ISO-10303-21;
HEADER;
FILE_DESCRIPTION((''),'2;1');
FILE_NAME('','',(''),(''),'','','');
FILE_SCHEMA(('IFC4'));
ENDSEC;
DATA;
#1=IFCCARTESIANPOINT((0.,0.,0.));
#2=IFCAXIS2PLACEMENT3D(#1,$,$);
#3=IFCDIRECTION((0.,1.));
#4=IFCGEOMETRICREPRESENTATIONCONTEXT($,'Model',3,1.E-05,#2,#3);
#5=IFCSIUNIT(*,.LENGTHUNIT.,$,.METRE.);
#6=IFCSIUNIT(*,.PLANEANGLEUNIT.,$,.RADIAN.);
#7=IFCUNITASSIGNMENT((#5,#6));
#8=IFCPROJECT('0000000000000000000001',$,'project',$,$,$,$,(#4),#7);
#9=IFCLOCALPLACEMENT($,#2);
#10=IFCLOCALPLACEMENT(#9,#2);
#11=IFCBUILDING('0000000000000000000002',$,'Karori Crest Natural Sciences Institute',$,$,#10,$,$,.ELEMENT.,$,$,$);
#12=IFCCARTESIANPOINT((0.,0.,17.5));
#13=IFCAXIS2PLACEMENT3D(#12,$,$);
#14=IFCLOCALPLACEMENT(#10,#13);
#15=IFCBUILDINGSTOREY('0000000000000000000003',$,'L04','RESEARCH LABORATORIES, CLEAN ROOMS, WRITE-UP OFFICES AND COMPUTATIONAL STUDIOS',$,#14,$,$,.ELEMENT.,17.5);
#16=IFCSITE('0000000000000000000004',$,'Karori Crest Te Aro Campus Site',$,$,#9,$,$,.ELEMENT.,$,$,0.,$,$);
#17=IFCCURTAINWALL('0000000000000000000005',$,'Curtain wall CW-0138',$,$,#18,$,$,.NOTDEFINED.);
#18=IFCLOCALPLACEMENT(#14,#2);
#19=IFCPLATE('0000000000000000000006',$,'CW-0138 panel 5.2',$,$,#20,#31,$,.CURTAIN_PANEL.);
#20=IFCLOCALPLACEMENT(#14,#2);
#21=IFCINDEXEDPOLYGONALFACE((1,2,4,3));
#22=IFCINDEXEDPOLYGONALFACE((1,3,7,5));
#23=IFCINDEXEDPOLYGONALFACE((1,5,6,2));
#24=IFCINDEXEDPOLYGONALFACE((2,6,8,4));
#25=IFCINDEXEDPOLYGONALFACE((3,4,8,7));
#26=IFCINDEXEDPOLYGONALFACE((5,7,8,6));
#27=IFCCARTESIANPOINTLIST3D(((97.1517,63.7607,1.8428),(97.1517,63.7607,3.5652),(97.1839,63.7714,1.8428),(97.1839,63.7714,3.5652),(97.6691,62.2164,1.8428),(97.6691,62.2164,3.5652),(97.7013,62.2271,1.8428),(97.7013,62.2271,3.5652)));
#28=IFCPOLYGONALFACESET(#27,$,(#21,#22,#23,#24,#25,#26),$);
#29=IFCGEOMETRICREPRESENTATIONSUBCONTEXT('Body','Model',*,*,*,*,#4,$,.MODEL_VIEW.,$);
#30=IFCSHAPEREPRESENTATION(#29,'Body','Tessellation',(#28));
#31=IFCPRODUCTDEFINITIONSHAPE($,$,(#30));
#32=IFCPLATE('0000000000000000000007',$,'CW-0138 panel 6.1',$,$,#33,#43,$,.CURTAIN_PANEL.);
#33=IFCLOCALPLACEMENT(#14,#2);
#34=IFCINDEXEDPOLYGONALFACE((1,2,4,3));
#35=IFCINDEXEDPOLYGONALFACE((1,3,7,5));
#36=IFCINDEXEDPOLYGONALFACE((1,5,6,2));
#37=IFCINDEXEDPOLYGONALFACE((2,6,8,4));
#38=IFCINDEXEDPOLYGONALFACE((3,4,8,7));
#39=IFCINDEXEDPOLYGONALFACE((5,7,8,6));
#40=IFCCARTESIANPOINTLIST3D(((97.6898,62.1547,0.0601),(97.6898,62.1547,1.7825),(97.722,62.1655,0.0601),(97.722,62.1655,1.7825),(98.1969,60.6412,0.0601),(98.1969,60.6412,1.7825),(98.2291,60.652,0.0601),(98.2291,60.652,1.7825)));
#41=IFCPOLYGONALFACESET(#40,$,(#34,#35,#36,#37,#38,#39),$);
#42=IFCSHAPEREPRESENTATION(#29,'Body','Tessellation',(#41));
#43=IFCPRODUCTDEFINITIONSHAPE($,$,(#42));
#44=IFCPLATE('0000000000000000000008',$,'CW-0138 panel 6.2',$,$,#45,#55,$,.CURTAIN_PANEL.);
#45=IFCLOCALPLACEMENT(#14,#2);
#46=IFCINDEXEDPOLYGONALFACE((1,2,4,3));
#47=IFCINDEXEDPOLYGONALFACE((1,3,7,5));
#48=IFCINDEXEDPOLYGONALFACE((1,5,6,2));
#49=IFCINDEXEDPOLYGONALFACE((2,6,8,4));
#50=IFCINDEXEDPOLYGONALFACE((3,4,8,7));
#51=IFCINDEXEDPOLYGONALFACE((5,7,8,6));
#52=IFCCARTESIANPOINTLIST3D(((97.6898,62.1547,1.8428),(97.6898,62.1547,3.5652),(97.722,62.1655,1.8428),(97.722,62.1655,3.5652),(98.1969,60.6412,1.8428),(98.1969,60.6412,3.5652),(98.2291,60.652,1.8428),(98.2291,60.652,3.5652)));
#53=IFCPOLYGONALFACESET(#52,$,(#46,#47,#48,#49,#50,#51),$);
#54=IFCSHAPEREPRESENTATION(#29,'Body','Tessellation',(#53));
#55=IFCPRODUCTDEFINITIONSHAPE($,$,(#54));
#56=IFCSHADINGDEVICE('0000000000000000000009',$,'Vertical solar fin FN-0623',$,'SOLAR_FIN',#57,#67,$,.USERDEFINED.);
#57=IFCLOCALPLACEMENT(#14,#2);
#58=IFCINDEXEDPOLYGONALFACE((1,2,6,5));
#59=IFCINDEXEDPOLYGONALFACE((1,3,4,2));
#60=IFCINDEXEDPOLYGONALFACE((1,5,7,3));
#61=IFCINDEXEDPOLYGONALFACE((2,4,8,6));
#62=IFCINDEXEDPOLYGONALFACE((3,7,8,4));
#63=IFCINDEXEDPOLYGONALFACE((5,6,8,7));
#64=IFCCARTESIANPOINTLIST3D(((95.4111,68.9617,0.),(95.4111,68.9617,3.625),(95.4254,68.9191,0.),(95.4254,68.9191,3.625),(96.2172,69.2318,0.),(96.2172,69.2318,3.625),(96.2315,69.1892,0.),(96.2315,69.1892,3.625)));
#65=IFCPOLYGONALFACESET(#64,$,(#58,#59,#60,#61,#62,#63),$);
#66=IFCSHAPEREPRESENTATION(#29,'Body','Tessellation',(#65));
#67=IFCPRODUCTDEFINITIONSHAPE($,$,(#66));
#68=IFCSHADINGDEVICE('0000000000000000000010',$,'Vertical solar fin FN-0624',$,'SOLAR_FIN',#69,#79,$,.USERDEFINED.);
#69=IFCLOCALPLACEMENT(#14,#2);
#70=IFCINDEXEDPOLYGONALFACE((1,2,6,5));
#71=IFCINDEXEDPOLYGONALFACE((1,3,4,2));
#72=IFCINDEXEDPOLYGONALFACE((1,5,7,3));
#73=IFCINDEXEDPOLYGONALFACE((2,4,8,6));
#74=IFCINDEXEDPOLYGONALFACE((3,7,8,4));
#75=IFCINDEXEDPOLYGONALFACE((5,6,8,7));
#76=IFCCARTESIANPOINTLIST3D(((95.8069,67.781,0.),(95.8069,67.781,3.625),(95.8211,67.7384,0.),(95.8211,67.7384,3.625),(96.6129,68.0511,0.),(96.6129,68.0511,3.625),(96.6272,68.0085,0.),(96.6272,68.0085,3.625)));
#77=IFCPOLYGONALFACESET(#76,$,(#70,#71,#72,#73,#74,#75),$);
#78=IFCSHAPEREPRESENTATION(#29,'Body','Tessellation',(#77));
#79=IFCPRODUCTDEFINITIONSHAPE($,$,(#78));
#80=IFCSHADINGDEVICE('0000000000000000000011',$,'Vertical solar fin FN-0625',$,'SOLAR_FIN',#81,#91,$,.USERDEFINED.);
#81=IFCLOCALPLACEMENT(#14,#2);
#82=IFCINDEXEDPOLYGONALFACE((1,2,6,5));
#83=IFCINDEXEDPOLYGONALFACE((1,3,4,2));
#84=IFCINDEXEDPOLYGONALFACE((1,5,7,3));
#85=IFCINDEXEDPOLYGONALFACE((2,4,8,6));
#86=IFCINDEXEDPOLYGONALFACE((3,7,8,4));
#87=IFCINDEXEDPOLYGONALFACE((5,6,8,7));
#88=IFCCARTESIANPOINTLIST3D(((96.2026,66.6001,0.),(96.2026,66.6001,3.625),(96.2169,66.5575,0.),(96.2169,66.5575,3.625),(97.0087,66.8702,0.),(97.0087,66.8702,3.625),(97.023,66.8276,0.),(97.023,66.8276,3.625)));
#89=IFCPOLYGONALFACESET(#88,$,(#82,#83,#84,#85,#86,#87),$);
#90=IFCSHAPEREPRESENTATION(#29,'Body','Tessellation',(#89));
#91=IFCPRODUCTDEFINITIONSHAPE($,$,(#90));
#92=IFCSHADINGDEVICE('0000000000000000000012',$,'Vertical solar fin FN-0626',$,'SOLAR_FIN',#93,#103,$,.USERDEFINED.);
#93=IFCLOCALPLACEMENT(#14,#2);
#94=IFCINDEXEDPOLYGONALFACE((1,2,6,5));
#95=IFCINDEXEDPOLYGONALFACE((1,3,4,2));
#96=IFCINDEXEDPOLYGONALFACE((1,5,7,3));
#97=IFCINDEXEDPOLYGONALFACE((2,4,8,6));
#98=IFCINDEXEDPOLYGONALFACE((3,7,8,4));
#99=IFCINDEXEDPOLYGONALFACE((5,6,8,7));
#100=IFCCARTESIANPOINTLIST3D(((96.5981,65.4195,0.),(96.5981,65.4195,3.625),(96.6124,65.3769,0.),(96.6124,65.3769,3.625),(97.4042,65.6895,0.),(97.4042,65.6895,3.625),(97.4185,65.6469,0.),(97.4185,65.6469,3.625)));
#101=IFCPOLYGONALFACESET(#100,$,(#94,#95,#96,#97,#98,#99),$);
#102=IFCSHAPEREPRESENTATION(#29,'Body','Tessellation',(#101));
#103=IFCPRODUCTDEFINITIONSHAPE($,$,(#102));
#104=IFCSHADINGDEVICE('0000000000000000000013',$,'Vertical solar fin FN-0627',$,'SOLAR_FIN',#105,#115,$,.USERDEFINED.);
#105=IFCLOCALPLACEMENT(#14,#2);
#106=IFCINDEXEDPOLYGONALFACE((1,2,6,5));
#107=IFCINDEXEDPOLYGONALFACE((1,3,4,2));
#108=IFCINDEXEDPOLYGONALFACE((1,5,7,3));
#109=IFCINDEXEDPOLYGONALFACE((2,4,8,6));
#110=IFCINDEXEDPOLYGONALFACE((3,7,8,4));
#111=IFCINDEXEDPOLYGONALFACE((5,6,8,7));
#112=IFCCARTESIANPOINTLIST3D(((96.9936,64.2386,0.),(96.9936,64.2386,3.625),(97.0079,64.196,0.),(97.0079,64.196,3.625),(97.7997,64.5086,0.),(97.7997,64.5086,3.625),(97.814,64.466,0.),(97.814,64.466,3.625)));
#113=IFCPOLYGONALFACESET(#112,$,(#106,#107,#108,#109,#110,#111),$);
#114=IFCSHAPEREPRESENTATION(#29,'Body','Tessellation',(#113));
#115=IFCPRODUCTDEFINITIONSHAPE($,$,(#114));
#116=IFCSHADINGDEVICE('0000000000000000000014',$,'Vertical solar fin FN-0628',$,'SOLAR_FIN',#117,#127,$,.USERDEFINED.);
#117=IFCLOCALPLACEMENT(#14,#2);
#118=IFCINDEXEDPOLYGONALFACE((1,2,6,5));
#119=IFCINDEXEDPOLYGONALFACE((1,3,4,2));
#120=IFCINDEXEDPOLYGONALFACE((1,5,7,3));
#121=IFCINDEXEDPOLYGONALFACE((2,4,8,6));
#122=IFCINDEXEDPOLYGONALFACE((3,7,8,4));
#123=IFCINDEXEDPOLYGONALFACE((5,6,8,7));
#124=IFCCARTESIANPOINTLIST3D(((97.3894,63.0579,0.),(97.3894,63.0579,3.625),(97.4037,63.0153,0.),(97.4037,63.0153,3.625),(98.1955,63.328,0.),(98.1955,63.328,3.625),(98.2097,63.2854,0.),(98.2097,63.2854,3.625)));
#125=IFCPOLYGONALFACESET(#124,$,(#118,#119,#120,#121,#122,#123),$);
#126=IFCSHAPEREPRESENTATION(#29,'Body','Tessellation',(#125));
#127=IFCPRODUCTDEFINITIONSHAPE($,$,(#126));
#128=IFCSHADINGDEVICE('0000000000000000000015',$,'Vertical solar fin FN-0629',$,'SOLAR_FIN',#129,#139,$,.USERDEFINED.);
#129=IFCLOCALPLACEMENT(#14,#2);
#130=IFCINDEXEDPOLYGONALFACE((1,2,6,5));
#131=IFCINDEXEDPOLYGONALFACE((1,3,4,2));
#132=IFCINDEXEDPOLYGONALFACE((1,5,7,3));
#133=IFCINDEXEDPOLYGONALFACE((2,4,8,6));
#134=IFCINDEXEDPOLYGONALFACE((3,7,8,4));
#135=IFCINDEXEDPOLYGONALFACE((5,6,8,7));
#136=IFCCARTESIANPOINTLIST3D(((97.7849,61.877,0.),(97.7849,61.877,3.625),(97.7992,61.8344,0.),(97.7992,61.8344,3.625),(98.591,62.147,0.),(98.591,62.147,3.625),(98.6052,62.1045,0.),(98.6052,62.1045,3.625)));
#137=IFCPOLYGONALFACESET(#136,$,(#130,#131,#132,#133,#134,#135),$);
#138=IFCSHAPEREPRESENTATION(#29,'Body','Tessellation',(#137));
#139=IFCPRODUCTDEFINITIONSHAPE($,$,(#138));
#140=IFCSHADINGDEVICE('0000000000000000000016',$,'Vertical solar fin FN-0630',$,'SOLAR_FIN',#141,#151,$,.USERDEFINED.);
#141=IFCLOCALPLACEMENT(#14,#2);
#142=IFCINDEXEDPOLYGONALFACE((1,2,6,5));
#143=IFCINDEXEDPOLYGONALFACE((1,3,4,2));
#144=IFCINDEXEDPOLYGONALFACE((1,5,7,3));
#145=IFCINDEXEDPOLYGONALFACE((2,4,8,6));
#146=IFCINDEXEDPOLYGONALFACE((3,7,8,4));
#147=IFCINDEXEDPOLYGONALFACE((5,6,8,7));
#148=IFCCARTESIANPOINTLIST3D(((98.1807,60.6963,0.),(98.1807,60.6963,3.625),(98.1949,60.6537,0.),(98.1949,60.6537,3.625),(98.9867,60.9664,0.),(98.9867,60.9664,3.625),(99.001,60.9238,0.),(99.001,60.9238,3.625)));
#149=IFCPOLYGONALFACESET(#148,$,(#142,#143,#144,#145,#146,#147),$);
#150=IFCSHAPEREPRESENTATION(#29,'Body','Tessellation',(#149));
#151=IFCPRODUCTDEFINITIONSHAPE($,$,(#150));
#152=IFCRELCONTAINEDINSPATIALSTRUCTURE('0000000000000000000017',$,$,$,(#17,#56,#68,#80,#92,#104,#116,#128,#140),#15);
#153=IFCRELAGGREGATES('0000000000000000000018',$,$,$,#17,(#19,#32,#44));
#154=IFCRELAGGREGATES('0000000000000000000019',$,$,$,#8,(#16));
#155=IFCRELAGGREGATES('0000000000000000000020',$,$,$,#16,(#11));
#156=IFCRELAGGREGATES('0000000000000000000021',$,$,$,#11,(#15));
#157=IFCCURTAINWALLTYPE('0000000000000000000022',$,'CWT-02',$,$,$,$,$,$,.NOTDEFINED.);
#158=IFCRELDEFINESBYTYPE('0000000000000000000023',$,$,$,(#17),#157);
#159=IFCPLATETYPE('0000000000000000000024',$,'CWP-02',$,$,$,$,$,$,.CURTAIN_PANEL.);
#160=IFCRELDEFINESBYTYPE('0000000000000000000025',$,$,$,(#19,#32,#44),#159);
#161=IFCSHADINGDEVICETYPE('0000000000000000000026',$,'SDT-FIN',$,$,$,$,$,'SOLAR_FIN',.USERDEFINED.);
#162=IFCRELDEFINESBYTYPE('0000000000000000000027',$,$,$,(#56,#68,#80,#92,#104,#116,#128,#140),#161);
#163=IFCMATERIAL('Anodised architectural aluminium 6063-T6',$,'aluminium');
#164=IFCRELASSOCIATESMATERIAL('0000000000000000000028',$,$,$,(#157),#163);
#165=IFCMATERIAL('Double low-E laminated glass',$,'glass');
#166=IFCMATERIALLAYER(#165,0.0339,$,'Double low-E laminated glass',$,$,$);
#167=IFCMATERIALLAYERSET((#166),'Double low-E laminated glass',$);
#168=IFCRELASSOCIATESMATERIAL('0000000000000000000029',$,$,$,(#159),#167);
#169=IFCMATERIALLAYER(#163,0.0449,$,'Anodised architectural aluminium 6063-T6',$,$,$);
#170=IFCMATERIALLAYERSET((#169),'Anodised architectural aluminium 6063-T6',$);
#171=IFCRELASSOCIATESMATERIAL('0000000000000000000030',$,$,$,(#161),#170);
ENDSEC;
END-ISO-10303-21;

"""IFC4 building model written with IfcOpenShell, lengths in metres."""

from ifc_helpers import new_model, si_unit, direction, frame, origin, origin_2d, place, context, subcontext, project, spatial, rectangle, extrude, material, layer, layer_set, type_object, element, aggregate, save


model = new_model("IFC4")

# Units and contexts
model_context = context("Model", 3, precision=1e-05, world=origin(), true_north=direction((0.0, 1.0)))
body_context = subcontext(model_context, "Body", "Model", "MODEL_VIEW")
ifc_project = project(units=[si_unit("LENGTHUNIT", "METRE"), si_unit("PLANEANGLEUNIT", "RADIAN")], contexts=[model_context])

# Site, building, storey
site_placement = place(None, origin())
site = spatial("IfcSite", under=ifc_project, at=site_placement, Name="Karori Crest Te Aro Campus Site", CompositionType="ELEMENT", RefElevation=0.0)
building_placement = place(site_placement, origin())
building = spatial("IfcBuilding", under=site, at=building_placement, Name="Karori Crest Natural Sciences Institute", CompositionType="ELEMENT")
storey_placement = place(building_placement, frame((0.0, 0.0, 17.5)))
storey = spatial("IfcBuildingStorey", under=building, at=storey_placement, Name="L04", Description="RESEARCH LABORATORIES, CLEAN ROOMS, WRITE-UP OFFICES AND COMPUTATIONAL STUDIOS", CompositionType="ELEMENT", Elevation=17.5)

# Curtain wall, plates
ifc_material_1 = material(Name="Anodised architectural aluminium 6063-T6", Category="aluminium")
curtain_wall_type = type_object("IfcCurtainWallType", Name="CWT-02", PredefinedType="NOTDEFINED", material=ifc_material_1)
curtain_wall_placement = place(storey_placement, origin())
curtain_wall = element("IfcCurtainWall", 1, at=curtain_wall_placement, inside=storey, type_object=curtain_wall_type, Name="Curtain wall CW-0138", PredefinedType="NOTDEFINED")
ifc_material_2 = material(Name="Double low-E laminated glass", Category="glass")
ifc_layer_1 = layer(ifc_material_2, 0.0339, Name="Double low-E laminated glass")
ifc_layer_set_1 = layer_set([ifc_layer_1], Name="Double low-E laminated glass")
plate_type = type_object("IfcPlateType", Name="CWP-02", PredefinedType="CURTAIN_PANEL", material=ifc_layer_set_1)
plate_1_placement = place(storey_placement, frame((97.4265, 62.9939, 1.8428), z_axis=(0.0, 0.0, 1.0), x_axis=(0.31768, -0.948198, 0.0)))
plate_1 = element("IfcPlate", 2, at=plate_1_placement, type_object=plate_type, Name="CW-0138 panel 5.2", PredefinedType="CURTAIN_PANEL", context=body_context, shape_type="SweptSolid", body=[
    extrude(rectangle(XDim=1.6287, YDim=0.0339, at=origin_2d()), origin(), (0.0, 0.0, 1.0), 1.7224),
])
plate_2_placement = place(storey_placement, frame((97.9595, 61.4033, 0.0601), z_axis=(0.0, 0.0, 1.0), x_axis=(0.31768, -0.948198, 0.0)))
plate_2 = element("IfcPlate", 3, at=plate_2_placement, type_object=plate_type, Name="CW-0138 panel 6.1", PredefinedType="CURTAIN_PANEL", context=body_context, shape_type="SweptSolid", body=[
    extrude(rectangle(XDim=1.5962, YDim=0.0339, at=origin_2d()), origin(), (0.0, 0.0, 1.0), 1.7224),
])
plate_3_placement = place(storey_placement, frame((97.9595, 61.4033, 1.8428), z_axis=(0.0, 0.0, 1.0), x_axis=(0.31768, -0.948198, 0.0)))
plate_3 = element("IfcPlate", 4, at=plate_3_placement, type_object=plate_type, Name="CW-0138 panel 6.2", PredefinedType="CURTAIN_PANEL", context=body_context, shape_type="SweptSolid", body=[
    extrude(rectangle(XDim=1.5962, YDim=0.0339, at=origin_2d()), origin(), (0.0, 0.0, 1.0), 1.7224),
])
aggregate(curtain_wall, [plate_1, plate_2, plate_3])

# Shading devices
ifc_layer_2 = layer(ifc_material_1, 0.0449, Name="Anodised architectural aluminium 6063-T6")
ifc_layer_set_2 = layer_set([ifc_layer_2], Name="Anodised architectural aluminium 6063-T6")
shading_device_type = type_object("IfcShadingDeviceType", Name="SDT-FIN", ElementType="SOLAR_FIN", PredefinedType="USERDEFINED", material=ifc_layer_set_2)
for number, where, z_axis, x_axis, name in (
    (5, (95.8213, 69.0754, 0.0), (0.0, 0.0, 1.0), (0.948198, 0.31768, 0.0), "Vertical solar fin FN-0623"),
    (6, (96.217, 67.8948, 0.0), (0.0, 0.0, 1.0), (0.948198, 0.31768, 0.0), "Vertical solar fin FN-0624"),
    (7, (96.6128, 66.7139, 0.0), (0.0, 0.0, 1.0), (0.948198, 0.31768, 0.0), "Vertical solar fin FN-0625"),
    (8, (97.0083, 65.5332, 0.0), (0.0, 0.0, 1.0), (0.948198, 0.31768, 0.0), "Vertical solar fin FN-0626"),
    (9, (97.4038, 64.3523, 0.0), (0.0, 0.0, 1.0), (0.948198, 0.31768, 0.0), "Vertical solar fin FN-0627"),
    (10, (97.7996, 63.1716, 0.0), (0.0, 0.0, 1.0), (0.948198, 0.31768, 0.0), "Vertical solar fin FN-0628"),
    (11, (98.1951, 61.9907, 0.0), (0.0, 0.0, 1.0), (0.948198, 0.31768, 0.0), "Vertical solar fin FN-0629"),
    (12, (98.5908, 60.8101, 0.0), (0.0, 0.0, 1.0), (0.948198, 0.31768, 0.0), "Vertical solar fin FN-0630"),
):
    element("IfcShadingDevice", number, at=place(storey_placement, frame(where, z_axis=z_axis, x_axis=x_axis)), inside=storey, type_object=shading_device_type, Name=name, ObjectType="SOLAR_FIN", PredefinedType="USERDEFINED", context=body_context, shape_type="SweptSolid", body=[
        extrude(rectangle(XDim=0.8501, YDim=0.0449, at=origin_2d()), origin(), (0.0, 0.0, 1.0), 3.625),
    ])

save(model, "model.ifc")
